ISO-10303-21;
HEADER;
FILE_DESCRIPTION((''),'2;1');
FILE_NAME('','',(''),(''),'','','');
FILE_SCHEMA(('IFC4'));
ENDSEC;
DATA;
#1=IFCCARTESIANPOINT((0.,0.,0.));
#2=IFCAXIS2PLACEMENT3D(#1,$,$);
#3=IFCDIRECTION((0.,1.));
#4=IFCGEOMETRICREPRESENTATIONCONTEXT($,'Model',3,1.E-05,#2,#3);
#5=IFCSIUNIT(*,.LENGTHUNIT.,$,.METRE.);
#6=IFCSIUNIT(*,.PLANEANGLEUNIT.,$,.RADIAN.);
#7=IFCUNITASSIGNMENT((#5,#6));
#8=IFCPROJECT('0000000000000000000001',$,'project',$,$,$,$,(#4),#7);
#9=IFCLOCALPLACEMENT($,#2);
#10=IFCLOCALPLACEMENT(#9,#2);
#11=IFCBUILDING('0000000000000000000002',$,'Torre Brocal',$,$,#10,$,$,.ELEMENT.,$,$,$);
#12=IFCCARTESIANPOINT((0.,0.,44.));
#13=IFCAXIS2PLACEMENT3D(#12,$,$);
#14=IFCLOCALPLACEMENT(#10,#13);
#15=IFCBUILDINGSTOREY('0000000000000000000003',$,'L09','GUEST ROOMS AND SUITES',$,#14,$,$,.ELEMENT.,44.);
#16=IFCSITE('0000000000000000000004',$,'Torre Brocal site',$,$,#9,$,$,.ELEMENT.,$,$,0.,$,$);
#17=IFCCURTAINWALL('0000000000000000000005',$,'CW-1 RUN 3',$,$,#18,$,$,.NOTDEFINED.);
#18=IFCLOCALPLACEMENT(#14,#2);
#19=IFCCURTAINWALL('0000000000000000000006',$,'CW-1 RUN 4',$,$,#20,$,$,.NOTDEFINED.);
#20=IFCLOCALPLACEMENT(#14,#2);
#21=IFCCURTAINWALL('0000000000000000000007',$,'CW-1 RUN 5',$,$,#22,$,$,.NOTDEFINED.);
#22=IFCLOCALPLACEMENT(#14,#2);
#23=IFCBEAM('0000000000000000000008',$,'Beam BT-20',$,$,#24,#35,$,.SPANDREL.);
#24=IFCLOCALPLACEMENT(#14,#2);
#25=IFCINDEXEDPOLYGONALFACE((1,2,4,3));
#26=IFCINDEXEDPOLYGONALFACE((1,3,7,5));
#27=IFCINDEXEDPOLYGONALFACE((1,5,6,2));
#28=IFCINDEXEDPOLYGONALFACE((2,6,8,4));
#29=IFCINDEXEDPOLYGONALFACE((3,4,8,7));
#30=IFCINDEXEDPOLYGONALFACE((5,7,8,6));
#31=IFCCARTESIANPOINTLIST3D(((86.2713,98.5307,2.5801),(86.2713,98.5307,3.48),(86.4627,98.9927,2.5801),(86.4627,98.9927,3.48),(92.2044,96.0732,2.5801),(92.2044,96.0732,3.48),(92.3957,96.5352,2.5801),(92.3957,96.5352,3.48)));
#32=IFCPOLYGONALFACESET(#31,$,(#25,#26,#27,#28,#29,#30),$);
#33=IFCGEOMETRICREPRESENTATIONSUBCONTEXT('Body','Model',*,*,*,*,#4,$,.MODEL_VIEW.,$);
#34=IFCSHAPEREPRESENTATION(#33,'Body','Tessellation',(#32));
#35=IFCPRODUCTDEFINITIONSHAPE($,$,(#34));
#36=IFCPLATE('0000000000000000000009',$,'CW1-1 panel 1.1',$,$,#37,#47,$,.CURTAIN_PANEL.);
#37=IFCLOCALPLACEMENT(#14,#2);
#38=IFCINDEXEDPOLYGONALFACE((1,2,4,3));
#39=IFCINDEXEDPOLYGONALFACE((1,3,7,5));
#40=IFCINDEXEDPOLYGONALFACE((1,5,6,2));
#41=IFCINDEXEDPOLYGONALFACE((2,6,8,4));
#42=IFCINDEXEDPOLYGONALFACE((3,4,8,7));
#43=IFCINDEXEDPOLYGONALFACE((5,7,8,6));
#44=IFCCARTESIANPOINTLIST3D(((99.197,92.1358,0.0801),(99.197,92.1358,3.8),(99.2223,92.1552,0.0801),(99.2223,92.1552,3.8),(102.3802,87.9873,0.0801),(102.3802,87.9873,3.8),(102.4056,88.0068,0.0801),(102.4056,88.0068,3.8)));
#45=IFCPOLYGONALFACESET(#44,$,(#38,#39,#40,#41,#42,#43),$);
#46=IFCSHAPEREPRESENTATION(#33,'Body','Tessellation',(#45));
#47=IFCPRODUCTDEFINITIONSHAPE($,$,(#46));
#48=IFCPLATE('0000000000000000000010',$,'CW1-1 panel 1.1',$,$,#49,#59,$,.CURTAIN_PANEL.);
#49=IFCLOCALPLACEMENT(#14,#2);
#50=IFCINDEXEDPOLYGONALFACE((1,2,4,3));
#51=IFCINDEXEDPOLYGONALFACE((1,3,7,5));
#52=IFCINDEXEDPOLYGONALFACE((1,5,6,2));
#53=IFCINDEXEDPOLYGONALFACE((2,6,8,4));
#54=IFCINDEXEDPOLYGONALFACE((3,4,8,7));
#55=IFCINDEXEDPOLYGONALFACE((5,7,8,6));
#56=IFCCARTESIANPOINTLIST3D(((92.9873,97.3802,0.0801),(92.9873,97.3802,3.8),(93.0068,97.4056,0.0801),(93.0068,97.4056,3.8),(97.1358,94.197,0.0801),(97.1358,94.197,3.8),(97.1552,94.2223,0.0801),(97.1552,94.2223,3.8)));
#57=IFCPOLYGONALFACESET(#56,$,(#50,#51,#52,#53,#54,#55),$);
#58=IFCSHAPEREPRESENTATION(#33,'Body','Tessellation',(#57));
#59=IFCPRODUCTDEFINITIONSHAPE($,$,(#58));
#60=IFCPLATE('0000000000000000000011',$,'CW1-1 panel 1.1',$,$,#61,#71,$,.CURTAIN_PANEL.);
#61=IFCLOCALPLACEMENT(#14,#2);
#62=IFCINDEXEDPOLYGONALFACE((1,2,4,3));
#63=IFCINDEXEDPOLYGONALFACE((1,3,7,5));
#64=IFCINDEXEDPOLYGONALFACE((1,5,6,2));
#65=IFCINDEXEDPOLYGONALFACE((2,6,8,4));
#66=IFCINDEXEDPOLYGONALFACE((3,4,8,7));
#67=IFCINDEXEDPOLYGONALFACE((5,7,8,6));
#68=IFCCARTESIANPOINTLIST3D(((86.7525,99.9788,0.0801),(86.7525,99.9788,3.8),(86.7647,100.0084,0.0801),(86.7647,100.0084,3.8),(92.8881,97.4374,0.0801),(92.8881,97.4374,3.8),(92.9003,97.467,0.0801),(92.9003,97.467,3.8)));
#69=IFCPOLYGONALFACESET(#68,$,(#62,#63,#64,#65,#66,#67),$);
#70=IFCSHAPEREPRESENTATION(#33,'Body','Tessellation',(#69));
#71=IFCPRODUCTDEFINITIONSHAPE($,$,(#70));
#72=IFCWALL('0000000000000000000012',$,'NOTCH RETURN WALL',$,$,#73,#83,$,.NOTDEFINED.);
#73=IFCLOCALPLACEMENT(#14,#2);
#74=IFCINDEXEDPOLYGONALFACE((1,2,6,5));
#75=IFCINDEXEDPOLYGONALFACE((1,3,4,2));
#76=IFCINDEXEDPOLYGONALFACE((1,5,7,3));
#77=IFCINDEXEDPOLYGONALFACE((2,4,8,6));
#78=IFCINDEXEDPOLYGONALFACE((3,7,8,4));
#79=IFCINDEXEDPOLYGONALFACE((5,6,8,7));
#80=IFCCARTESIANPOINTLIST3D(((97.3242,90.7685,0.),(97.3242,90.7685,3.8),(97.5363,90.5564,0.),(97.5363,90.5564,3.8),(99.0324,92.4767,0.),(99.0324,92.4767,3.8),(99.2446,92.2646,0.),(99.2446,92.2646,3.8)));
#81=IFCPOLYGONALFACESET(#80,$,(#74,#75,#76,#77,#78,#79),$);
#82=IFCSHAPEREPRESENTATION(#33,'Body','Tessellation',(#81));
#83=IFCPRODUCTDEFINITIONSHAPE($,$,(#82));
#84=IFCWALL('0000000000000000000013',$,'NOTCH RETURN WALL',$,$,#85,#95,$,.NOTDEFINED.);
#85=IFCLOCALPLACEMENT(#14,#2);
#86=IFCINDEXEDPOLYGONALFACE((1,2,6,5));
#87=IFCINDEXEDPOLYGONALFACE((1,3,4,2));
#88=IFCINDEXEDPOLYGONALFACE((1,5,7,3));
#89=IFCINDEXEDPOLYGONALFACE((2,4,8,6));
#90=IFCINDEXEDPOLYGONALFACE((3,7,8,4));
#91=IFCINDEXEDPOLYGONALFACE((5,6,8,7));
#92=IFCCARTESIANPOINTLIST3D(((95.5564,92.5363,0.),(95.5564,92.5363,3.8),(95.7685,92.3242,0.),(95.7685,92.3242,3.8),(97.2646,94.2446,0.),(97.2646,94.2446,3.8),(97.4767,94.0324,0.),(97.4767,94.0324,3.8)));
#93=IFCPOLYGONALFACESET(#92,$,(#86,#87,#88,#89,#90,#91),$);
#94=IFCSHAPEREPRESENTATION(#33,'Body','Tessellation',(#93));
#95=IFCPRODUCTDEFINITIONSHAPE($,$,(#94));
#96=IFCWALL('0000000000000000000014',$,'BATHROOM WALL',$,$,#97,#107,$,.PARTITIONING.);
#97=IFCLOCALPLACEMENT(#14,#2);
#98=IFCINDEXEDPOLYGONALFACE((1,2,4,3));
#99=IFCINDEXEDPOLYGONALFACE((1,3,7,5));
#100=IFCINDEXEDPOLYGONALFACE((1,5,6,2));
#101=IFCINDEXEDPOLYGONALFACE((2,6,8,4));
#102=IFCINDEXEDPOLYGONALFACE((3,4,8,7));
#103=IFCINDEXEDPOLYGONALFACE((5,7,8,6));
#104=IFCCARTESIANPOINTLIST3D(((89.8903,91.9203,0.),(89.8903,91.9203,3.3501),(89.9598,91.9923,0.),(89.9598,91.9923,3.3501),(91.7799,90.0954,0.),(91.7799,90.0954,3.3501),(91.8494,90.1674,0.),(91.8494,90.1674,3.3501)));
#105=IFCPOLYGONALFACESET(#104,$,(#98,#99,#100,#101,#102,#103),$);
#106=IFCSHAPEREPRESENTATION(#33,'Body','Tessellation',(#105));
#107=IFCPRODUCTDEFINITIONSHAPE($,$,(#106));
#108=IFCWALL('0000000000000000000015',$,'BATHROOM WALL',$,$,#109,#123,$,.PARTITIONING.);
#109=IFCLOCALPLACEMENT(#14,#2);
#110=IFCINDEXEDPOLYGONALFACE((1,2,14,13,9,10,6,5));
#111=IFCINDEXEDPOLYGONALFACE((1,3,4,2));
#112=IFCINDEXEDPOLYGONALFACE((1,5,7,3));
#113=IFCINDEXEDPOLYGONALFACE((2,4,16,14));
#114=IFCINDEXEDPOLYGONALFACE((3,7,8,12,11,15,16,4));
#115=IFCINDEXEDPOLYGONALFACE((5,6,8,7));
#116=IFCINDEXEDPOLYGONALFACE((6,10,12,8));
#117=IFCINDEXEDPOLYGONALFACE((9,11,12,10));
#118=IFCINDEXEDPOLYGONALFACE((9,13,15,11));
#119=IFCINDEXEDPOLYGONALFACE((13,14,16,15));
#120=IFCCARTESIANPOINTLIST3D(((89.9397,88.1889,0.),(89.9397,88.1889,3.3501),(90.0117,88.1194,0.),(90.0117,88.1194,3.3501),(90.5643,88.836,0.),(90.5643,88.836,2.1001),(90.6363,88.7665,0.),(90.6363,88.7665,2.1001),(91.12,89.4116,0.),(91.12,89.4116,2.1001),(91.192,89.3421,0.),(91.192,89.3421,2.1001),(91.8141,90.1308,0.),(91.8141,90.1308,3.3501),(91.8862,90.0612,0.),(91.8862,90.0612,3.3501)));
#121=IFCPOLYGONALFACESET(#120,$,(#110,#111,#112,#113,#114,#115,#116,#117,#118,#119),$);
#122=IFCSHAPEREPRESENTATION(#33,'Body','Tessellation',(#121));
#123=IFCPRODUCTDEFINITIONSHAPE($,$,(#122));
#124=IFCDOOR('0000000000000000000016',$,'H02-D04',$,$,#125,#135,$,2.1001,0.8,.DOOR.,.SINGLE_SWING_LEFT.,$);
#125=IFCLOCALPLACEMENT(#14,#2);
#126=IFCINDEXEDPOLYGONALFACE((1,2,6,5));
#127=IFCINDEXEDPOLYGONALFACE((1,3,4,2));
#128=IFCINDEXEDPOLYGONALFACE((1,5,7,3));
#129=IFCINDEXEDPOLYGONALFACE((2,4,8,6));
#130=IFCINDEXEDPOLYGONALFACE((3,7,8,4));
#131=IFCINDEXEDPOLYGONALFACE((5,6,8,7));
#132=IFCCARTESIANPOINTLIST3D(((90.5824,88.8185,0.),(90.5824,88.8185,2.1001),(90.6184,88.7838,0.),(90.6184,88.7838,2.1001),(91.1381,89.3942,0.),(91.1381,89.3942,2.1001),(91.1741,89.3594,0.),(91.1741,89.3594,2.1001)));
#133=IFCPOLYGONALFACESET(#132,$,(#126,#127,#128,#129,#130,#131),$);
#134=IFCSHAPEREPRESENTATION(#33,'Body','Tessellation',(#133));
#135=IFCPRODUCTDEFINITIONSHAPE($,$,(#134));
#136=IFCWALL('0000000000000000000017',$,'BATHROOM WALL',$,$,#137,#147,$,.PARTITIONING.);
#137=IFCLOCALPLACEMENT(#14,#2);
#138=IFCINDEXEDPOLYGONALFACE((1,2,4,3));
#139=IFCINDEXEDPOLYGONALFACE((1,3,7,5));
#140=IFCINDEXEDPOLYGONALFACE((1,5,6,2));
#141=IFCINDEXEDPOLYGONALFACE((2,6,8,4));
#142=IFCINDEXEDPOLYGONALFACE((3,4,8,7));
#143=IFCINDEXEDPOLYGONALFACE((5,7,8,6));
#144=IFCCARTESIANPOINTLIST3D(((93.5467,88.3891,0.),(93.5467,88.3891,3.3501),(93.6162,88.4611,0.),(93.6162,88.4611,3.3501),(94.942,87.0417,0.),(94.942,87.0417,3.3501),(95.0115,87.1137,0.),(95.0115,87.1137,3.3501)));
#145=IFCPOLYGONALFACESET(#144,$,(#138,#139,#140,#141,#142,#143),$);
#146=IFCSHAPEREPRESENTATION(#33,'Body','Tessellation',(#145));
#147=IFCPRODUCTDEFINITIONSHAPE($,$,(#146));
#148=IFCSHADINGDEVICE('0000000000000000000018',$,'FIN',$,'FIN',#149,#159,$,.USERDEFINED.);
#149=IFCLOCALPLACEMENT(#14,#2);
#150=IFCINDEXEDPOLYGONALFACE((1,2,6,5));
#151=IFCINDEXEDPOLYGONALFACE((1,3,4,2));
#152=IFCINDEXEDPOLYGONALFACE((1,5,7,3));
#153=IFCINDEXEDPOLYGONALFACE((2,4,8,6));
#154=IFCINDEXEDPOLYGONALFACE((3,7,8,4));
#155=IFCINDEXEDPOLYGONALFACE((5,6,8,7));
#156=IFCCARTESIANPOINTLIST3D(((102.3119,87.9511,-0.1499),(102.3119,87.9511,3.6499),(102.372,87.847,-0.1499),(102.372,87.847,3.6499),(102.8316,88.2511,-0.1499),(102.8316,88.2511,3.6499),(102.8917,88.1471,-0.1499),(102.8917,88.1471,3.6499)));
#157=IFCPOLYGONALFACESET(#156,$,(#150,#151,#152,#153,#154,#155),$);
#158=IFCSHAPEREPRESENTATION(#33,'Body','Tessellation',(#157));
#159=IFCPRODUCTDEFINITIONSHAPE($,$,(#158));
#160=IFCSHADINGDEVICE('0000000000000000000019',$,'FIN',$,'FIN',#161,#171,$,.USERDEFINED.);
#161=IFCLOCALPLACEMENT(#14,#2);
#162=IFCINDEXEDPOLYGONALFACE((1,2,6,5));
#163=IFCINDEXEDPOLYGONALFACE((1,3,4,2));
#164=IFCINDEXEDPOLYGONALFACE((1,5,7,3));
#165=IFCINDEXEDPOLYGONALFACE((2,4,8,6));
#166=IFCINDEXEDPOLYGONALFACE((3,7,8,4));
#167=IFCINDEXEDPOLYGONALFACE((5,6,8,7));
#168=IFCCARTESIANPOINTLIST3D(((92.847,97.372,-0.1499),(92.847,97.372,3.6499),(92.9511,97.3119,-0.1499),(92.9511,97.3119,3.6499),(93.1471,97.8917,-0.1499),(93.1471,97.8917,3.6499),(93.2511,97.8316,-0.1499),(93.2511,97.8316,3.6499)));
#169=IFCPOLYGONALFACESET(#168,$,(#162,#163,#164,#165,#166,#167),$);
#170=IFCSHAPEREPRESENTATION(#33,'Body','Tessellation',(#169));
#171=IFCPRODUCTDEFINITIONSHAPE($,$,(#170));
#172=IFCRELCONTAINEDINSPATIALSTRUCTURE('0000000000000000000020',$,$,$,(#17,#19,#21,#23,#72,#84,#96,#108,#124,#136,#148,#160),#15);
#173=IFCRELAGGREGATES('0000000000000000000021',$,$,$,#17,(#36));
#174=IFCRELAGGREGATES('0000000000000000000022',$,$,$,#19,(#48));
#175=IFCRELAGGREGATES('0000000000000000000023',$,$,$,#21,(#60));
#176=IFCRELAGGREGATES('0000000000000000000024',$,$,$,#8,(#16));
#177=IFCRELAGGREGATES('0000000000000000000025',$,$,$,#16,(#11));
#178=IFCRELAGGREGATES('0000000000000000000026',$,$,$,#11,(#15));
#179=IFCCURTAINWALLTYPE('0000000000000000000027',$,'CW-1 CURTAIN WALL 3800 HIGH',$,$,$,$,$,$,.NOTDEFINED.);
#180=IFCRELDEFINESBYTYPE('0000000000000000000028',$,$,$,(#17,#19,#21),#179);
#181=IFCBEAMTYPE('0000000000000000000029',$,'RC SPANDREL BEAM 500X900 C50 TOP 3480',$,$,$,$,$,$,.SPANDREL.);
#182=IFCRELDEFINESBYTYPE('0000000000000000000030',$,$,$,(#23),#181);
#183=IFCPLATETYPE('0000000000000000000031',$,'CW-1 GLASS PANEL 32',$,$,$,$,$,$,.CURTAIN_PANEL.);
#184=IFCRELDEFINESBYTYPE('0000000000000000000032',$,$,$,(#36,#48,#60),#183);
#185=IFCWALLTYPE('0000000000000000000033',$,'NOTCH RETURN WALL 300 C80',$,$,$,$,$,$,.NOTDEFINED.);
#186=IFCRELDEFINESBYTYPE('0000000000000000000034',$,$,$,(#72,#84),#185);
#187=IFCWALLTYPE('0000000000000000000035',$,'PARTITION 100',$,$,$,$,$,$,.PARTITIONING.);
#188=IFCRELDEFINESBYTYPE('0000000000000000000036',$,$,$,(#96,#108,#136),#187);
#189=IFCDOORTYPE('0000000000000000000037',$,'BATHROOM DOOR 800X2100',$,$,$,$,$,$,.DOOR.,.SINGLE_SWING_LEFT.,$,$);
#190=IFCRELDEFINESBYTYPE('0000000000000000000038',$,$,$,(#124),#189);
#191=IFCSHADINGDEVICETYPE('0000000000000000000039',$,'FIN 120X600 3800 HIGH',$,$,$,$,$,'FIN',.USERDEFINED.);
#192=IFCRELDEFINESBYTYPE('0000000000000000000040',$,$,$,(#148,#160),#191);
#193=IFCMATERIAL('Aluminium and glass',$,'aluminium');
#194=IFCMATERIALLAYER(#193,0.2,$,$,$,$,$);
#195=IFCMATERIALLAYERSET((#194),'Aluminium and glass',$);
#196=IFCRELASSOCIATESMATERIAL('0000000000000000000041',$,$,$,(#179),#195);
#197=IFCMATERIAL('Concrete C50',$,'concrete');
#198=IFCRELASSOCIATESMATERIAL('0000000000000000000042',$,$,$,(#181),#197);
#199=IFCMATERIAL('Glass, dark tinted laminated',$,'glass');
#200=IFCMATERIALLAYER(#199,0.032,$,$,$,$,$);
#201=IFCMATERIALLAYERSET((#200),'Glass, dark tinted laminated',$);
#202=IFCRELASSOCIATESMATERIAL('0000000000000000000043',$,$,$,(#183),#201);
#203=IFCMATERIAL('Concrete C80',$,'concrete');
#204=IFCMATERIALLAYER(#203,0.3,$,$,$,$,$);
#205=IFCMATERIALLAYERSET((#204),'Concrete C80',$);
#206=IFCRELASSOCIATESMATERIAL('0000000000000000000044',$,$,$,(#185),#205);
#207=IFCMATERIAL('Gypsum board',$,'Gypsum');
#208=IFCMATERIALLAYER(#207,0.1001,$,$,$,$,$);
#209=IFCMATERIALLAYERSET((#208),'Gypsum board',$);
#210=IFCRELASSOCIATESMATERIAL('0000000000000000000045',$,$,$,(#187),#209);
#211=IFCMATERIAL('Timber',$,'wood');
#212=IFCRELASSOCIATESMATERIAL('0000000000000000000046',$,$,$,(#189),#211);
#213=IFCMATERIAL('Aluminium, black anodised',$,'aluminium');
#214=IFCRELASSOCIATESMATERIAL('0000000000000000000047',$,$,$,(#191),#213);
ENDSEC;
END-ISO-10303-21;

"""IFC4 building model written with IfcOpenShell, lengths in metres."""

from ifc_helpers import new_model, si_unit, direction, frame, frame_2d, origin, origin_2d, place, context, subcontext, project, spatial, rectangle, extrude, material, layer, layer_set, material_profile, profile_set, type_object, element, fill, aggregate, save


model = new_model("IFC4")

# Units and contexts
model_context = context("Model", 3, precision=1e-05, world=origin(), true_north=direction((0.0, 1.0)))
body_context = subcontext(model_context, "Body", "Model", "MODEL_VIEW")
ifc_project = project(units=[si_unit("LENGTHUNIT", "METRE"), si_unit("PLANEANGLEUNIT", "RADIAN")], contexts=[model_context])

# Site, building, storey
site_placement = place(None, origin())
site = spatial("IfcSite", under=ifc_project, at=site_placement, Name="Torre Brocal site", CompositionType="ELEMENT", RefElevation=0.0)
building_placement = place(site_placement, origin())
building = spatial("IfcBuilding", under=site, at=building_placement, Name="Torre Brocal", CompositionType="ELEMENT")
storey_placement = place(building_placement, frame((0.0, 0.0, 44.0)))
storey = spatial("IfcBuildingStorey", under=building, at=storey_placement, Name="L09", Description="GUEST ROOMS AND SUITES", CompositionType="ELEMENT", Elevation=44.0)

# Shared definitions
ifc_material_1 = material(Name="Aluminium and glass", Category="aluminium")
ifc_layer_1 = layer(ifc_material_1, 0.2)
ifc_layer_set_1 = layer_set([ifc_layer_1], Name="Aluminium and glass")
curtain_wall_type = type_object("IfcCurtainWallType", Name="CW-1 CURTAIN WALL 3800 HIGH", PredefinedType="NOTDEFINED", material=ifc_layer_set_1)

# Curtain walls
curtain_wall_1_placement = place(storey_placement, origin())
curtain_wall_1 = element("IfcCurtainWall", 1, at=curtain_wall_1_placement, inside=storey, type_object=curtain_wall_type, Name="CW-1 RUN 3", PredefinedType="NOTDEFINED")
curtain_wall_2_placement = place(storey_placement, origin())
curtain_wall_2 = element("IfcCurtainWall", 2, at=curtain_wall_2_placement, inside=storey, type_object=curtain_wall_type, Name="CW-1 RUN 4", PredefinedType="NOTDEFINED")

# Curtain wall
curtain_wall_3_placement = place(storey_placement, origin())
curtain_wall_3 = element("IfcCurtainWall", 3, at=curtain_wall_3_placement, inside=storey, type_object=curtain_wall_type, Name="CW-1 RUN 5", PredefinedType="NOTDEFINED")

# Beam
ifc_material_2 = material(Name="Concrete C50", Category="concrete")
ifc_material_profile_1 = material_profile(ifc_material_2, rectangle(XDim=0.5, YDim=0.8999, at=origin_2d()), Name="RC 500X900")
ifc_profile_set_1 = profile_set([ifc_material_profile_1], Name="Concrete C50")
beam_type_1 = type_object("IfcBeamType", Name="RC SPANDREL BEAM 500X900 C50 TOP 3480", PredefinedType="SPANDREL", material=ifc_profile_set_1)
beam_1_placement = place(storey_placement, frame((92.3, 96.3042, 3.03), z_axis=(-0.923882, 0.382676, 0.0), x_axis=(-0.382676, -0.923882, 0.0)))
element("IfcBeam", 4, at=beam_1_placement, inside=storey, type_object=beam_type_1, Name="Beam BT-20", PredefinedType="SPANDREL", context=body_context, shape_type="SweptSolid", body=[
    extrude(rectangle(XDim=0.5, YDim=0.8999, at=origin_2d()), origin(), (0.0, 0.0, 1.0), 6.4219),
])

# Plates
ifc_material_3 = material(Name="Glass, dark tinted laminated", Category="glass")
ifc_layer_2 = layer(ifc_material_3, 0.032)
ifc_layer_set_2 = layer_set([ifc_layer_2], Name="Glass, dark tinted laminated")
plate_type = type_object("IfcPlateType", Name="CW-1 GLASS PANEL 32", PredefinedType="CURTAIN_PANEL", material=ifc_layer_set_2)
plate_1_placement = place(storey_placement, frame((100.8013, 90.0713, 0.0801), z_axis=(0.0, 0.0, 1.0), x_axis=(-0.608761, 0.793353, 0.0)))
plate_1 = element("IfcPlate", 5, at=plate_1_placement, type_object=plate_type, Name="CW1-1 panel 1.1", PredefinedType="CURTAIN_PANEL", context=body_context, shape_type="SweptSolid", body=[
    extrude(rectangle(XDim=5.229, YDim=0.032, at=origin_2d()), origin(), (0.0, 0.0, 1.0), 3.72),
])
aggregate(curtain_wall_1, [plate_1])
plate_2_placement = place(storey_placement, frame((95.0713, 95.8013, 0.0801), z_axis=(0.0, 0.0, 1.0), x_axis=(-0.793353, 0.608761, 0.0)))
plate_2 = element("IfcPlate", 6, at=plate_2_placement, type_object=plate_type, Name="CW1-1 panel 1.1", PredefinedType="CURTAIN_PANEL", context=body_context, shape_type="SweptSolid", body=[
    extrude(rectangle(XDim=5.229, YDim=0.032, at=origin_2d()), origin(), (0.0, 0.0, 1.0), 3.72),
])
aggregate(curtain_wall_2, [plate_2])
plate_3_placement = place(storey_placement, frame((89.8264, 98.7229, 0.0801), z_axis=(0.0, 0.0, 1.0), x_axis=(-0.92388, 0.382683, 0.0)))
plate_3 = element("IfcPlate", 7, at=plate_3_placement, type_object=plate_type, Name="CW1-1 panel 1.1", PredefinedType="CURTAIN_PANEL", context=body_context, shape_type="SweptSolid", body=[
    extrude(rectangle(XDim=6.6411, YDim=0.032, at=origin_2d()), origin(), (0.0, 0.0, 1.0), 3.72),
])
aggregate(curtain_wall_3, [plate_3])

# Walls
ifc_material_4 = material(Name="Concrete C80", Category="concrete")
ifc_layer_3 = layer(ifc_material_4, 0.3)
ifc_layer_set_3 = layer_set([ifc_layer_3], Name="Concrete C80")
wall_type_1 = type_object("IfcWallType", Name="NOTCH RETURN WALL 300 C80", PredefinedType="NOTDEFINED", material=ifc_layer_set_3)
for number, where, z_axis, x_axis, name in (
    (8, (97.4302, 90.6624, 0.0), (0.0, 0.0, 1.0), (0.707107, 0.707107, 0.0), "NOTCH RETURN WALL"),
    (9, (95.6624, 92.4302, 0.0), (0.0, 0.0, 1.0), (0.707107, 0.707107, 0.0), "NOTCH RETURN WALL"),
):
    element("IfcWall", number, at=place(storey_placement, frame(where, z_axis=z_axis, x_axis=x_axis)), inside=storey, type_object=wall_type_1, Name=name, PredefinedType="NOTDEFINED", context=body_context, shape_type="SweptSolid", body=[
        extrude(rectangle(XDim=2.4158, YDim=0.3, at=frame_2d((1.208, 0.0))), origin(), (0.0, 0.0, 1.0), 3.8),
    ])
ifc_material_5 = material(Name="Gypsum board", Category="Gypsum")
ifc_layer_4 = layer(ifc_material_5, 0.1001)
ifc_layer_set_4 = layer_set([ifc_layer_4], Name="Gypsum board")
wall_type_2 = type_object("IfcWallType", Name="PARTITION 100", PredefinedType="PARTITIONING", material=ifc_layer_set_4)
wall_1_placement = place(storey_placement, frame((89.925, 91.9563, 0.0), z_axis=(0.0, 0.0, 1.0), x_axis=(0.719313, -0.694686, 0.0)))
element("IfcWall", 10, at=wall_1_placement, inside=storey, type_object=wall_type_2, Name="BATHROOM WALL", PredefinedType="PARTITIONING", context=body_context, shape_type="SweptSolid", body=[
    extrude(rectangle(XDim=2.627, YDim=0.1001, at=frame_2d((1.3135, 0.0))), origin(), (0.0, 0.0, 1.0), 3.3501),
])

# Wall, opening, door
wall_2_placement = place(storey_placement, frame((89.9756, 88.1541, 0.0), z_axis=(0.0, 0.0, 1.0), x_axis=(0.694514, 0.719479, 0.0)))
wall_2 = element("IfcWall", 11, at=wall_2_placement, inside=storey, type_object=wall_type_2, Name="BATHROOM WALL", PredefinedType="PARTITIONING", context=body_context, shape_type="SweptSolid", body=[
    extrude(rectangle(XDim=2.699, YDim=0.1001, at=frame_2d((1.3496, 0.0))), origin(), (0.0, 0.0, 1.0), 3.3501),
])
opening_placement = place(wall_2_placement, frame((0.8997, 0.0, 0.0)))
opening = element("IfcOpeningElement", 12, at=opening_placement, cuts=wall_2, PredefinedType="OPENING", context=body_context, shape_type="SweptSolid", body=[
    extrude(rectangle(XDim=0.8, YDim=2.1001, at=frame_2d((0.3999, 1.05))), frame((0.0, 0.0601, 0.0), z_axis=(0.0, -1.0, 0.0), x_axis=(1.0, 0.0, 0.0)), (0.0, 0.0, 1.0), 0.1201),
])
ifc_material_6 = material(Name="Timber", Category="wood")
door_type = type_object("IfcDoorType", Name="BATHROOM DOOR 800X2100", OperationType="SINGLE_SWING_LEFT", PredefinedType="DOOR", material=ifc_material_6)
door_placement = place(opening_placement, origin())
door = element("IfcDoor", 13, at=door_placement, inside=storey, type_object=door_type, Name="H02-D04", OperationType="SINGLE_SWING_LEFT", OverallHeight=2.1001, OverallWidth=0.8, PredefinedType="DOOR", context=body_context, shape_type="SweptSolid", body=[
    extrude(rectangle(XDim=0.8, YDim=2.1001, at=frame_2d((0.3999, 1.05))), frame((0.0, 0.0249, 0.0), z_axis=(0.0, -1.0, 0.0), x_axis=(1.0, 0.0, 0.0)), (0.0, 0.0, 1.0), 0.05),
])
fill(opening, door)

# Wall
wall_3_placement = place(storey_placement, frame((93.5815, 88.425, 0.0), z_axis=(0.0, 0.0, 1.0), x_axis=(0.719334, -0.694664, 0.0)))
element("IfcWall", 14, at=wall_3_placement, inside=storey, type_object=wall_type_2, Name="BATHROOM WALL", PredefinedType="PARTITIONING", context=body_context, shape_type="SweptSolid", body=[
    extrude(rectangle(XDim=1.9397, YDim=0.1001, at=frame_2d((0.9697, 0.0))), origin(), (0.0, 0.0, 1.0), 3.3501),
])

# Shading devices
ifc_material_7 = material(Name="Aluminium, black anodised", Category="aluminium")
ifc_material_profile_2 = material_profile(ifc_material_7, rectangle(XDim=0.1201, YDim=0.6001, at=origin_2d()), Name="FIN 120X600 3800 HIGH")
ifc_profile_set_2 = profile_set([ifc_material_profile_2], Name="Aluminium, black anodised")
shading_device_type = type_object("IfcShadingDeviceType", Name="FIN 120X600 3800 HIGH", ElementType="FIN", PredefinedType="USERDEFINED", material=ifc_profile_set_2)
for number, where, z_axis, x_axis, name in (
    (15, (102.6018, 88.0491, -0.1499), (0.0, 0.0, 1.0), (-0.5, 0.866025, 0.0), "FIN"),
    (16, (93.0491, 97.6018, -0.1499), (0.0, 0.0, 1.0), (-0.866025, 0.5, 0.0), "FIN"),
):
    element("IfcShadingDevice", number, at=place(storey_placement, frame(where, z_axis=z_axis, x_axis=x_axis)), inside=storey, type_object=shading_device_type, Name=name, ObjectType="FIN", PredefinedType="USERDEFINED", context=body_context, shape_type="SweptSolid", body=[
        extrude(rectangle(XDim=0.1201, YDim=0.6001, at=origin_2d()), origin(), (0.0, 0.0, 1.0), 3.7998),
    ])

save(model, "model.ifc")
